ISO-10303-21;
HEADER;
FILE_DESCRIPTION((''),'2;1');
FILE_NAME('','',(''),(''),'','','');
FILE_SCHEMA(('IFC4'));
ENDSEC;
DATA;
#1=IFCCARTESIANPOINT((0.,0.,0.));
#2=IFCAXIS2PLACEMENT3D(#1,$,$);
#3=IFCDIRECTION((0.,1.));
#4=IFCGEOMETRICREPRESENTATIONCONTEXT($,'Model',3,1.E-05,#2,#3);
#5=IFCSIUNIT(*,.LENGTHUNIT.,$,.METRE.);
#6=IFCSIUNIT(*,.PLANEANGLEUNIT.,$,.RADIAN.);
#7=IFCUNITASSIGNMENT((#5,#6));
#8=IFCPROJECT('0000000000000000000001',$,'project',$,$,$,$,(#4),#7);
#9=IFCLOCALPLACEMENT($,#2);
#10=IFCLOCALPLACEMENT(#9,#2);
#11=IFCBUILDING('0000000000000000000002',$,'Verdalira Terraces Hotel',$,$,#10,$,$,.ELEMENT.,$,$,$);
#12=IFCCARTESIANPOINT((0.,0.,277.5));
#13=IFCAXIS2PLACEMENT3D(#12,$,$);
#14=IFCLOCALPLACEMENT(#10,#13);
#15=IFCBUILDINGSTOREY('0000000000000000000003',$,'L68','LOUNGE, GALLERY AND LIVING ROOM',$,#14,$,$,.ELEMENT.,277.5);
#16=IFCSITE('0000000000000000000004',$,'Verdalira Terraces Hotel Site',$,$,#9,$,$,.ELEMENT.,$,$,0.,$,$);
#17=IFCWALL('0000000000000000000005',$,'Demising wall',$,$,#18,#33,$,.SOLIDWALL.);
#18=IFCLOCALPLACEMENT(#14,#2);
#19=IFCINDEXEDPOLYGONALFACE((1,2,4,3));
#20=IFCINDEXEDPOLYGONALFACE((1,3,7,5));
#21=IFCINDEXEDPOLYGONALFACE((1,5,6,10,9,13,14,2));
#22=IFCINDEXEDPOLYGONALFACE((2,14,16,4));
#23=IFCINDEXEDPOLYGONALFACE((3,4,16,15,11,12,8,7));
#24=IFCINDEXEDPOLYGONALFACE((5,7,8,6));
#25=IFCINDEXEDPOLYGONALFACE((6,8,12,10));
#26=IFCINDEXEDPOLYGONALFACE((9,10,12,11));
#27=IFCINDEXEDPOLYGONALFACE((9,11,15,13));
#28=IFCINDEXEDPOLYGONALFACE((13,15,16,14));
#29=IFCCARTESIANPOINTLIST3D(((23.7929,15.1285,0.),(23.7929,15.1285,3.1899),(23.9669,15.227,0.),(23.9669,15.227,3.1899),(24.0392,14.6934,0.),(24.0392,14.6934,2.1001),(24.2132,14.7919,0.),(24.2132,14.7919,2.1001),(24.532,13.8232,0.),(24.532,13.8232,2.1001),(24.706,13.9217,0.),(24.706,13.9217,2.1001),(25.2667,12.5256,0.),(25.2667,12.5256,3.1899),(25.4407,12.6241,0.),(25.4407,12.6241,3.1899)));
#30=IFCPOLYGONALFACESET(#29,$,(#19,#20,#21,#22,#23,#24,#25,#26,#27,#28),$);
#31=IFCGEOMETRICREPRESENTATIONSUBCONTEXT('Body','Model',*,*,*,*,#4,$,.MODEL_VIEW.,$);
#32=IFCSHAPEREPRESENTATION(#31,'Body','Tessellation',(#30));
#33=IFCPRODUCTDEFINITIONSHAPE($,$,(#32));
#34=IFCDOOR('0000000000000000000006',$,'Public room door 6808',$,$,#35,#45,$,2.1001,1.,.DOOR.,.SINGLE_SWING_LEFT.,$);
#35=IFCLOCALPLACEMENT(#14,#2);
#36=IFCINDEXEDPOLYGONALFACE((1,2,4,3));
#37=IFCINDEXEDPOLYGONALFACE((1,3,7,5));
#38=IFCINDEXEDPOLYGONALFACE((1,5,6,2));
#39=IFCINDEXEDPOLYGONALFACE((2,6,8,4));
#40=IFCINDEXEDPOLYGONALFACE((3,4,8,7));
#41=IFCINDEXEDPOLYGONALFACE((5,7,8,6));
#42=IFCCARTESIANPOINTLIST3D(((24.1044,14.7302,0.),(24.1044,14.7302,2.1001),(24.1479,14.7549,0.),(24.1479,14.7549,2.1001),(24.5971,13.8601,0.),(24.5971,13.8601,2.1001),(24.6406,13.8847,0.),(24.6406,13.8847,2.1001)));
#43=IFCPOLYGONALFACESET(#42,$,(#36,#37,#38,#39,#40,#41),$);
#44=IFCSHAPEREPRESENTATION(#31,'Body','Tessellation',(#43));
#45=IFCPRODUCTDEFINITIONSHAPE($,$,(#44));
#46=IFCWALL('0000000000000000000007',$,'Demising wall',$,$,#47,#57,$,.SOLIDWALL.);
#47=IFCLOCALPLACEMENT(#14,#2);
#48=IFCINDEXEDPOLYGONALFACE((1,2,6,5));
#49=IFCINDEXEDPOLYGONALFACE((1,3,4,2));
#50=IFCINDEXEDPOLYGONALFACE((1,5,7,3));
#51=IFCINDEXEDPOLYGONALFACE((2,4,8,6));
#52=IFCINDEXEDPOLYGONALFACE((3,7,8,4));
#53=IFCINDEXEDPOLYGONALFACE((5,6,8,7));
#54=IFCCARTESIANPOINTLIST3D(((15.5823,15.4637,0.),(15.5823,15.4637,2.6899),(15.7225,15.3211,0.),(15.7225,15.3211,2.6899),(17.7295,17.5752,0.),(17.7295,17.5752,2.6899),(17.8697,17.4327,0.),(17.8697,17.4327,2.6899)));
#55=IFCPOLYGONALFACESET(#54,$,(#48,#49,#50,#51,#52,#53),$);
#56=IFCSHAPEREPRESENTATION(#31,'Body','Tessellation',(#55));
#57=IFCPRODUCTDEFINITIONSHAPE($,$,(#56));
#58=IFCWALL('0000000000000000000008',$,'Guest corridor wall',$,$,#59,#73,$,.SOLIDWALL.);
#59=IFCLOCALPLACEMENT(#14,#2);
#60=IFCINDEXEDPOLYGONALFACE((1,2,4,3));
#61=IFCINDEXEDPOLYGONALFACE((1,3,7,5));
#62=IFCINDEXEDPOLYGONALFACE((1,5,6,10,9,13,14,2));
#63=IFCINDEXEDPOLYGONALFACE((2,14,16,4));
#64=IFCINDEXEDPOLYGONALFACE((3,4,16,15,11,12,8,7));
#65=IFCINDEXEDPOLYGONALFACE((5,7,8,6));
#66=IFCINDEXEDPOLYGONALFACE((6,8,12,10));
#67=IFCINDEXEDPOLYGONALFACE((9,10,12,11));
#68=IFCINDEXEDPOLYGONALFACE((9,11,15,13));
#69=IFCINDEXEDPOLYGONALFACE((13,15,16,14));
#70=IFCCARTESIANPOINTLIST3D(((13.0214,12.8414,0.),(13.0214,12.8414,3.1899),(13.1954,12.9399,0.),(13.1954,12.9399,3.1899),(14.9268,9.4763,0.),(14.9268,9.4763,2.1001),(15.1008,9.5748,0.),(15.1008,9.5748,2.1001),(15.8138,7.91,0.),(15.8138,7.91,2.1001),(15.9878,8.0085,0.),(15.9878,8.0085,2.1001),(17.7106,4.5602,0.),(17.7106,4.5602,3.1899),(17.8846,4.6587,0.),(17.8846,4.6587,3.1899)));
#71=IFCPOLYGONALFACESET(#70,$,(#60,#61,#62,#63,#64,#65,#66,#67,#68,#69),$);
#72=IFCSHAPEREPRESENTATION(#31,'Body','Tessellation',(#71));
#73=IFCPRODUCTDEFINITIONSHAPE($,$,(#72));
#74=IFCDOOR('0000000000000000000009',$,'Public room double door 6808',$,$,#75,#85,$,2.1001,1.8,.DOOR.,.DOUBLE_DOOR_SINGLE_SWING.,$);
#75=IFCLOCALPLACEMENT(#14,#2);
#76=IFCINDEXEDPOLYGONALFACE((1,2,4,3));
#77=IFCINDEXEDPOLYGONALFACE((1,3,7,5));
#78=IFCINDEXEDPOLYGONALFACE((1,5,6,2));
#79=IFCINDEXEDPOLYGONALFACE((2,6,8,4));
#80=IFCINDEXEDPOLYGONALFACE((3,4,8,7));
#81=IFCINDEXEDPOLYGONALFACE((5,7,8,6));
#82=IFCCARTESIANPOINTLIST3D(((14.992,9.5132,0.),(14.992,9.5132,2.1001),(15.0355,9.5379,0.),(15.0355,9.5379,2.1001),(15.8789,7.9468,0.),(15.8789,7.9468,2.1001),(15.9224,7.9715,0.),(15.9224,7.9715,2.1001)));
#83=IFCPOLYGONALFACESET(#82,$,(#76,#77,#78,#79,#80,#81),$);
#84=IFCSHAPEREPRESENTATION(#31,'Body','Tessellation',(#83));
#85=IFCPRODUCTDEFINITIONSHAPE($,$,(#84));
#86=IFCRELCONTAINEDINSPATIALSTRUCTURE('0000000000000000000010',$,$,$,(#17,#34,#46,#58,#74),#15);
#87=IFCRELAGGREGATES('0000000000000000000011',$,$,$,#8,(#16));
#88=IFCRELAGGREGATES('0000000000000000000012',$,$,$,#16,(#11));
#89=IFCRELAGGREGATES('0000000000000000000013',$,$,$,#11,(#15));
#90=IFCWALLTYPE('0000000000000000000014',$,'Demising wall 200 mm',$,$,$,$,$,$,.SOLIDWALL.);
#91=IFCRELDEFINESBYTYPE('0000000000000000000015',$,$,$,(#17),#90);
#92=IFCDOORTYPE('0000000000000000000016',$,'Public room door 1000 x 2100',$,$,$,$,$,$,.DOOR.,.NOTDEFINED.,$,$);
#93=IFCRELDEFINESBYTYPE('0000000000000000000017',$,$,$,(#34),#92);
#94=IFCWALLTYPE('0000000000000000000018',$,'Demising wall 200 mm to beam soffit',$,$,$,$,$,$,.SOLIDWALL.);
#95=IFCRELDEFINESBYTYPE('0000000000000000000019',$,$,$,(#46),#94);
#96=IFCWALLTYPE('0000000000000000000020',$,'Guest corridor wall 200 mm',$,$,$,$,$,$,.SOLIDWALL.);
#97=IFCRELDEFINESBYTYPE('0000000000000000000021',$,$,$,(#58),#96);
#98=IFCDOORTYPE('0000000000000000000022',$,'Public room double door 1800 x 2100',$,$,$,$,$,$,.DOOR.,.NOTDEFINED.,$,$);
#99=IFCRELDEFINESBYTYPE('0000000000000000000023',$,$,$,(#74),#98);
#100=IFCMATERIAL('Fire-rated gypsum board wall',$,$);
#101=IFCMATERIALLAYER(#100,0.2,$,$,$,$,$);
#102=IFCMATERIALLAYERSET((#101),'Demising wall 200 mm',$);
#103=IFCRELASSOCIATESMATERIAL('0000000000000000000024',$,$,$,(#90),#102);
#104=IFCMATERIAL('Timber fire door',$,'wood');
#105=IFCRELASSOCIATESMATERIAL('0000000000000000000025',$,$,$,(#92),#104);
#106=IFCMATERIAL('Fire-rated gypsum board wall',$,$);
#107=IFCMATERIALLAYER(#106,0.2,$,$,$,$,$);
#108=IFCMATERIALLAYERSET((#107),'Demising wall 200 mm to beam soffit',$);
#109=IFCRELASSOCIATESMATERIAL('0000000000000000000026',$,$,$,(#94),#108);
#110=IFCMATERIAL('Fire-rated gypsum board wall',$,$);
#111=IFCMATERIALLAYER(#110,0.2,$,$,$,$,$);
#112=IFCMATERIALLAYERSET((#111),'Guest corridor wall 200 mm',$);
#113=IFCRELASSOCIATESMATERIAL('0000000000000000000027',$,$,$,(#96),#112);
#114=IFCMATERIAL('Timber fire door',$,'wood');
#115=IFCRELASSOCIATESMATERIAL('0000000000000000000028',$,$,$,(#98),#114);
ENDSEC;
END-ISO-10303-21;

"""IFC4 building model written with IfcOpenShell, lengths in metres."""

from ifc_helpers import new_model, si_unit, direction, frame, frame_2d, origin, place, context, subcontext, project, spatial, rectangle, extrude, material, layer, layer_set, type_object, element, fill, save


model = new_model("IFC4")

# Units and contexts
model_context = context("Model", 3, precision=1e-05, world=origin(), true_north=direction((0.0, 1.0)))
body_context = subcontext(model_context, "Body", "Model", "MODEL_VIEW")
ifc_project = project(units=[si_unit("LENGTHUNIT", "METRE"), si_unit("PLANEANGLEUNIT", "RADIAN")], contexts=[model_context])

# Site, building, storey
site_placement = place(None, origin())
site = spatial("IfcSite", under=ifc_project, at=site_placement, Name="Verdalira Terraces Hotel Site", CompositionType="ELEMENT", RefElevation=0.0)
building_placement = place(site_placement, origin())
building = spatial("IfcBuilding", under=site, at=building_placement, Name="Verdalira Terraces Hotel", CompositionType="ELEMENT")
storey_placement = place(building_placement, frame((0.0, 0.0, 277.5)))
storey = spatial("IfcBuildingStorey", under=building, at=storey_placement, Name="L68", Description="LOUNGE, GALLERY AND LIVING ROOM", CompositionType="ELEMENT", Elevation=277.5)

# Shared definitions
ifc_material_1 = material(Name="Fire-rated gypsum board wall")
ifc_layer_1 = layer(ifc_material_1, 0.2)
ifc_layer_set_1 = layer_set([ifc_layer_1], Name="Demising wall 200 mm")
wall_type_1 = type_object("IfcWallType", Name="Demising wall 200 mm", PredefinedType="SOLIDWALL", material=ifc_layer_set_1)

# Shared definitions
ifc_material_2 = material(Name="Timber fire door", Category="wood")
door_type_1 = type_object("IfcDoorType", Name="Public room door 1000 x 2100", OperationType="NOTDEFINED", PredefinedType="DOOR", material=ifc_material_2)

# Wall, opening, door
wall_1_placement = place(storey_placement, frame((23.8799, 15.1777, 0.0), z_axis=(0.0, 0.0, 1.0), x_axis=(0.492716, -0.87019, 0.0)))
wall_1 = element("IfcWall", 1, at=wall_1_placement, inside=storey, type_object=wall_type_1, Name="Demising wall", PredefinedType="SOLIDWALL", context=body_context, shape_type="SweptSolid", body=[
    extrude(rectangle(XDim=2.9912, YDim=0.2, at=frame_2d((1.4956, 0.0))), origin(), (0.0, 0.0, 1.0), 3.1899),
])
opening_1_placement = place(wall_1_placement, frame((0.5, 0.0, 0.0)))
opening_1 = element("IfcOpeningElement", 2, at=opening_1_placement, cuts=wall_1, PredefinedType="OPENING", context=body_context, shape_type="SweptSolid", body=[
    extrude(rectangle(XDim=1.0, YDim=2.1001, at=frame_2d((0.5, 1.05))), frame((0.0, 0.1099, 0.0), z_axis=(0.0, -1.0, 0.0), x_axis=(1.0, 0.0, 0.0)), (0.0, 0.0, 1.0), 0.22),
])
door_1_placement = place(opening_1_placement, origin())
door_1 = element("IfcDoor", 3, at=door_1_placement, inside=storey, type_object=door_type_1, Name="Public room door 6808", OperationType="SINGLE_SWING_LEFT", OverallHeight=2.1001, OverallWidth=1.0, PredefinedType="DOOR", context=body_context, shape_type="SweptSolid", body=[
    extrude(rectangle(XDim=1.0, YDim=2.1001, at=frame_2d((0.5, 1.05))), frame((0.0, 0.0249, 0.0), z_axis=(0.0, -1.0, 0.0), x_axis=(1.0, 0.0, 0.0)), (0.0, 0.0, 1.0), 0.05),
])
fill(opening_1, door_1)

# Wall
ifc_material_3 = material(Name="Fire-rated gypsum board wall")
ifc_layer_2 = layer(ifc_material_3, 0.2)
ifc_layer_set_2 = layer_set([ifc_layer_2], Name="Demising wall 200 mm to beam soffit")
wall_type_2 = type_object("IfcWallType", Name="Demising wall 200 mm to beam soffit", PredefinedType="SOLIDWALL", material=ifc_layer_set_2)
wall_2_placement = place(storey_placement, frame((15.6523, 15.3923, 0.0), z_axis=(0.0, 0.0, 1.0), x_axis=(0.713, 0.701164, 0.0)))
element("IfcWall", 4, at=wall_2_placement, inside=storey, type_object=wall_type_2, Name="Demising wall", PredefinedType="SOLIDWALL", context=body_context, shape_type="SweptSolid", body=[
    extrude(rectangle(XDim=3.0115, YDim=0.2, at=frame_2d((1.5059, 0.0))), origin(), (0.0, 0.0, 1.0), 2.6899),
])

# Wall, opening, door
ifc_material_4 = material(Name="Fire-rated gypsum board wall")
ifc_layer_3 = layer(ifc_material_4, 0.2)
ifc_layer_set_3 = layer_set([ifc_layer_3], Name="Guest corridor wall 200 mm")
wall_type_3 = type_object("IfcWallType", Name="Guest corridor wall 200 mm", PredefinedType="SOLIDWALL", material=ifc_layer_set_3)
wall_3_placement = place(storey_placement, frame((13.1084, 12.8906, 0.0), z_axis=(0.0, 0.0, 1.0), x_axis=(0.492734, -0.87018, 0.0)))
wall_3 = element("IfcWall", 5, at=wall_3_placement, inside=storey, type_object=wall_type_3, Name="Guest corridor wall", PredefinedType="SOLIDWALL", context=body_context, shape_type="SweptSolid", body=[
    extrude(rectangle(XDim=9.5166, YDim=0.2, at=frame_2d((4.7583, 0.0))), origin(), (0.0, 0.0, 1.0), 3.1899),
])
opening_2_placement = place(wall_3_placement, frame((3.8672, 0.0, 0.0)))
opening_2 = element("IfcOpeningElement", 6, at=opening_2_placement, cuts=wall_3, PredefinedType="OPENING", context=body_context, shape_type="SweptSolid", body=[
    extrude(rectangle(XDim=1.8, YDim=2.1001, at=frame_2d((0.8999, 1.05))), frame((0.0, 0.1099, 0.0), z_axis=(0.0, -1.0, 0.0), x_axis=(1.0, 0.0, 0.0)), (0.0, 0.0, 1.0), 0.22),
])
ifc_material_5 = material(Name="Timber fire door", Category="wood")
door_type_2 = type_object("IfcDoorType", Name="Public room double door 1800 x 2100", OperationType="NOTDEFINED", PredefinedType="DOOR", material=ifc_material_5)
door_2_placement = place(opening_2_placement, origin())
door_2 = element("IfcDoor", 7, at=door_2_placement, inside=storey, type_object=door_type_2, Name="Public room double door 6808", OperationType="DOUBLE_DOOR_SINGLE_SWING", OverallHeight=2.1001, OverallWidth=1.8, PredefinedType="DOOR", context=body_context, shape_type="SweptSolid", body=[
    extrude(rectangle(XDim=1.8, YDim=2.1001, at=frame_2d((0.8999, 1.05))), frame((0.0, 0.0249, 0.0), z_axis=(0.0, -1.0, 0.0), x_axis=(1.0, 0.0, 0.0)), (0.0, 0.0, 1.0), 0.05),
])
fill(opening_2, door_2)

save(model, "model.ifc")
